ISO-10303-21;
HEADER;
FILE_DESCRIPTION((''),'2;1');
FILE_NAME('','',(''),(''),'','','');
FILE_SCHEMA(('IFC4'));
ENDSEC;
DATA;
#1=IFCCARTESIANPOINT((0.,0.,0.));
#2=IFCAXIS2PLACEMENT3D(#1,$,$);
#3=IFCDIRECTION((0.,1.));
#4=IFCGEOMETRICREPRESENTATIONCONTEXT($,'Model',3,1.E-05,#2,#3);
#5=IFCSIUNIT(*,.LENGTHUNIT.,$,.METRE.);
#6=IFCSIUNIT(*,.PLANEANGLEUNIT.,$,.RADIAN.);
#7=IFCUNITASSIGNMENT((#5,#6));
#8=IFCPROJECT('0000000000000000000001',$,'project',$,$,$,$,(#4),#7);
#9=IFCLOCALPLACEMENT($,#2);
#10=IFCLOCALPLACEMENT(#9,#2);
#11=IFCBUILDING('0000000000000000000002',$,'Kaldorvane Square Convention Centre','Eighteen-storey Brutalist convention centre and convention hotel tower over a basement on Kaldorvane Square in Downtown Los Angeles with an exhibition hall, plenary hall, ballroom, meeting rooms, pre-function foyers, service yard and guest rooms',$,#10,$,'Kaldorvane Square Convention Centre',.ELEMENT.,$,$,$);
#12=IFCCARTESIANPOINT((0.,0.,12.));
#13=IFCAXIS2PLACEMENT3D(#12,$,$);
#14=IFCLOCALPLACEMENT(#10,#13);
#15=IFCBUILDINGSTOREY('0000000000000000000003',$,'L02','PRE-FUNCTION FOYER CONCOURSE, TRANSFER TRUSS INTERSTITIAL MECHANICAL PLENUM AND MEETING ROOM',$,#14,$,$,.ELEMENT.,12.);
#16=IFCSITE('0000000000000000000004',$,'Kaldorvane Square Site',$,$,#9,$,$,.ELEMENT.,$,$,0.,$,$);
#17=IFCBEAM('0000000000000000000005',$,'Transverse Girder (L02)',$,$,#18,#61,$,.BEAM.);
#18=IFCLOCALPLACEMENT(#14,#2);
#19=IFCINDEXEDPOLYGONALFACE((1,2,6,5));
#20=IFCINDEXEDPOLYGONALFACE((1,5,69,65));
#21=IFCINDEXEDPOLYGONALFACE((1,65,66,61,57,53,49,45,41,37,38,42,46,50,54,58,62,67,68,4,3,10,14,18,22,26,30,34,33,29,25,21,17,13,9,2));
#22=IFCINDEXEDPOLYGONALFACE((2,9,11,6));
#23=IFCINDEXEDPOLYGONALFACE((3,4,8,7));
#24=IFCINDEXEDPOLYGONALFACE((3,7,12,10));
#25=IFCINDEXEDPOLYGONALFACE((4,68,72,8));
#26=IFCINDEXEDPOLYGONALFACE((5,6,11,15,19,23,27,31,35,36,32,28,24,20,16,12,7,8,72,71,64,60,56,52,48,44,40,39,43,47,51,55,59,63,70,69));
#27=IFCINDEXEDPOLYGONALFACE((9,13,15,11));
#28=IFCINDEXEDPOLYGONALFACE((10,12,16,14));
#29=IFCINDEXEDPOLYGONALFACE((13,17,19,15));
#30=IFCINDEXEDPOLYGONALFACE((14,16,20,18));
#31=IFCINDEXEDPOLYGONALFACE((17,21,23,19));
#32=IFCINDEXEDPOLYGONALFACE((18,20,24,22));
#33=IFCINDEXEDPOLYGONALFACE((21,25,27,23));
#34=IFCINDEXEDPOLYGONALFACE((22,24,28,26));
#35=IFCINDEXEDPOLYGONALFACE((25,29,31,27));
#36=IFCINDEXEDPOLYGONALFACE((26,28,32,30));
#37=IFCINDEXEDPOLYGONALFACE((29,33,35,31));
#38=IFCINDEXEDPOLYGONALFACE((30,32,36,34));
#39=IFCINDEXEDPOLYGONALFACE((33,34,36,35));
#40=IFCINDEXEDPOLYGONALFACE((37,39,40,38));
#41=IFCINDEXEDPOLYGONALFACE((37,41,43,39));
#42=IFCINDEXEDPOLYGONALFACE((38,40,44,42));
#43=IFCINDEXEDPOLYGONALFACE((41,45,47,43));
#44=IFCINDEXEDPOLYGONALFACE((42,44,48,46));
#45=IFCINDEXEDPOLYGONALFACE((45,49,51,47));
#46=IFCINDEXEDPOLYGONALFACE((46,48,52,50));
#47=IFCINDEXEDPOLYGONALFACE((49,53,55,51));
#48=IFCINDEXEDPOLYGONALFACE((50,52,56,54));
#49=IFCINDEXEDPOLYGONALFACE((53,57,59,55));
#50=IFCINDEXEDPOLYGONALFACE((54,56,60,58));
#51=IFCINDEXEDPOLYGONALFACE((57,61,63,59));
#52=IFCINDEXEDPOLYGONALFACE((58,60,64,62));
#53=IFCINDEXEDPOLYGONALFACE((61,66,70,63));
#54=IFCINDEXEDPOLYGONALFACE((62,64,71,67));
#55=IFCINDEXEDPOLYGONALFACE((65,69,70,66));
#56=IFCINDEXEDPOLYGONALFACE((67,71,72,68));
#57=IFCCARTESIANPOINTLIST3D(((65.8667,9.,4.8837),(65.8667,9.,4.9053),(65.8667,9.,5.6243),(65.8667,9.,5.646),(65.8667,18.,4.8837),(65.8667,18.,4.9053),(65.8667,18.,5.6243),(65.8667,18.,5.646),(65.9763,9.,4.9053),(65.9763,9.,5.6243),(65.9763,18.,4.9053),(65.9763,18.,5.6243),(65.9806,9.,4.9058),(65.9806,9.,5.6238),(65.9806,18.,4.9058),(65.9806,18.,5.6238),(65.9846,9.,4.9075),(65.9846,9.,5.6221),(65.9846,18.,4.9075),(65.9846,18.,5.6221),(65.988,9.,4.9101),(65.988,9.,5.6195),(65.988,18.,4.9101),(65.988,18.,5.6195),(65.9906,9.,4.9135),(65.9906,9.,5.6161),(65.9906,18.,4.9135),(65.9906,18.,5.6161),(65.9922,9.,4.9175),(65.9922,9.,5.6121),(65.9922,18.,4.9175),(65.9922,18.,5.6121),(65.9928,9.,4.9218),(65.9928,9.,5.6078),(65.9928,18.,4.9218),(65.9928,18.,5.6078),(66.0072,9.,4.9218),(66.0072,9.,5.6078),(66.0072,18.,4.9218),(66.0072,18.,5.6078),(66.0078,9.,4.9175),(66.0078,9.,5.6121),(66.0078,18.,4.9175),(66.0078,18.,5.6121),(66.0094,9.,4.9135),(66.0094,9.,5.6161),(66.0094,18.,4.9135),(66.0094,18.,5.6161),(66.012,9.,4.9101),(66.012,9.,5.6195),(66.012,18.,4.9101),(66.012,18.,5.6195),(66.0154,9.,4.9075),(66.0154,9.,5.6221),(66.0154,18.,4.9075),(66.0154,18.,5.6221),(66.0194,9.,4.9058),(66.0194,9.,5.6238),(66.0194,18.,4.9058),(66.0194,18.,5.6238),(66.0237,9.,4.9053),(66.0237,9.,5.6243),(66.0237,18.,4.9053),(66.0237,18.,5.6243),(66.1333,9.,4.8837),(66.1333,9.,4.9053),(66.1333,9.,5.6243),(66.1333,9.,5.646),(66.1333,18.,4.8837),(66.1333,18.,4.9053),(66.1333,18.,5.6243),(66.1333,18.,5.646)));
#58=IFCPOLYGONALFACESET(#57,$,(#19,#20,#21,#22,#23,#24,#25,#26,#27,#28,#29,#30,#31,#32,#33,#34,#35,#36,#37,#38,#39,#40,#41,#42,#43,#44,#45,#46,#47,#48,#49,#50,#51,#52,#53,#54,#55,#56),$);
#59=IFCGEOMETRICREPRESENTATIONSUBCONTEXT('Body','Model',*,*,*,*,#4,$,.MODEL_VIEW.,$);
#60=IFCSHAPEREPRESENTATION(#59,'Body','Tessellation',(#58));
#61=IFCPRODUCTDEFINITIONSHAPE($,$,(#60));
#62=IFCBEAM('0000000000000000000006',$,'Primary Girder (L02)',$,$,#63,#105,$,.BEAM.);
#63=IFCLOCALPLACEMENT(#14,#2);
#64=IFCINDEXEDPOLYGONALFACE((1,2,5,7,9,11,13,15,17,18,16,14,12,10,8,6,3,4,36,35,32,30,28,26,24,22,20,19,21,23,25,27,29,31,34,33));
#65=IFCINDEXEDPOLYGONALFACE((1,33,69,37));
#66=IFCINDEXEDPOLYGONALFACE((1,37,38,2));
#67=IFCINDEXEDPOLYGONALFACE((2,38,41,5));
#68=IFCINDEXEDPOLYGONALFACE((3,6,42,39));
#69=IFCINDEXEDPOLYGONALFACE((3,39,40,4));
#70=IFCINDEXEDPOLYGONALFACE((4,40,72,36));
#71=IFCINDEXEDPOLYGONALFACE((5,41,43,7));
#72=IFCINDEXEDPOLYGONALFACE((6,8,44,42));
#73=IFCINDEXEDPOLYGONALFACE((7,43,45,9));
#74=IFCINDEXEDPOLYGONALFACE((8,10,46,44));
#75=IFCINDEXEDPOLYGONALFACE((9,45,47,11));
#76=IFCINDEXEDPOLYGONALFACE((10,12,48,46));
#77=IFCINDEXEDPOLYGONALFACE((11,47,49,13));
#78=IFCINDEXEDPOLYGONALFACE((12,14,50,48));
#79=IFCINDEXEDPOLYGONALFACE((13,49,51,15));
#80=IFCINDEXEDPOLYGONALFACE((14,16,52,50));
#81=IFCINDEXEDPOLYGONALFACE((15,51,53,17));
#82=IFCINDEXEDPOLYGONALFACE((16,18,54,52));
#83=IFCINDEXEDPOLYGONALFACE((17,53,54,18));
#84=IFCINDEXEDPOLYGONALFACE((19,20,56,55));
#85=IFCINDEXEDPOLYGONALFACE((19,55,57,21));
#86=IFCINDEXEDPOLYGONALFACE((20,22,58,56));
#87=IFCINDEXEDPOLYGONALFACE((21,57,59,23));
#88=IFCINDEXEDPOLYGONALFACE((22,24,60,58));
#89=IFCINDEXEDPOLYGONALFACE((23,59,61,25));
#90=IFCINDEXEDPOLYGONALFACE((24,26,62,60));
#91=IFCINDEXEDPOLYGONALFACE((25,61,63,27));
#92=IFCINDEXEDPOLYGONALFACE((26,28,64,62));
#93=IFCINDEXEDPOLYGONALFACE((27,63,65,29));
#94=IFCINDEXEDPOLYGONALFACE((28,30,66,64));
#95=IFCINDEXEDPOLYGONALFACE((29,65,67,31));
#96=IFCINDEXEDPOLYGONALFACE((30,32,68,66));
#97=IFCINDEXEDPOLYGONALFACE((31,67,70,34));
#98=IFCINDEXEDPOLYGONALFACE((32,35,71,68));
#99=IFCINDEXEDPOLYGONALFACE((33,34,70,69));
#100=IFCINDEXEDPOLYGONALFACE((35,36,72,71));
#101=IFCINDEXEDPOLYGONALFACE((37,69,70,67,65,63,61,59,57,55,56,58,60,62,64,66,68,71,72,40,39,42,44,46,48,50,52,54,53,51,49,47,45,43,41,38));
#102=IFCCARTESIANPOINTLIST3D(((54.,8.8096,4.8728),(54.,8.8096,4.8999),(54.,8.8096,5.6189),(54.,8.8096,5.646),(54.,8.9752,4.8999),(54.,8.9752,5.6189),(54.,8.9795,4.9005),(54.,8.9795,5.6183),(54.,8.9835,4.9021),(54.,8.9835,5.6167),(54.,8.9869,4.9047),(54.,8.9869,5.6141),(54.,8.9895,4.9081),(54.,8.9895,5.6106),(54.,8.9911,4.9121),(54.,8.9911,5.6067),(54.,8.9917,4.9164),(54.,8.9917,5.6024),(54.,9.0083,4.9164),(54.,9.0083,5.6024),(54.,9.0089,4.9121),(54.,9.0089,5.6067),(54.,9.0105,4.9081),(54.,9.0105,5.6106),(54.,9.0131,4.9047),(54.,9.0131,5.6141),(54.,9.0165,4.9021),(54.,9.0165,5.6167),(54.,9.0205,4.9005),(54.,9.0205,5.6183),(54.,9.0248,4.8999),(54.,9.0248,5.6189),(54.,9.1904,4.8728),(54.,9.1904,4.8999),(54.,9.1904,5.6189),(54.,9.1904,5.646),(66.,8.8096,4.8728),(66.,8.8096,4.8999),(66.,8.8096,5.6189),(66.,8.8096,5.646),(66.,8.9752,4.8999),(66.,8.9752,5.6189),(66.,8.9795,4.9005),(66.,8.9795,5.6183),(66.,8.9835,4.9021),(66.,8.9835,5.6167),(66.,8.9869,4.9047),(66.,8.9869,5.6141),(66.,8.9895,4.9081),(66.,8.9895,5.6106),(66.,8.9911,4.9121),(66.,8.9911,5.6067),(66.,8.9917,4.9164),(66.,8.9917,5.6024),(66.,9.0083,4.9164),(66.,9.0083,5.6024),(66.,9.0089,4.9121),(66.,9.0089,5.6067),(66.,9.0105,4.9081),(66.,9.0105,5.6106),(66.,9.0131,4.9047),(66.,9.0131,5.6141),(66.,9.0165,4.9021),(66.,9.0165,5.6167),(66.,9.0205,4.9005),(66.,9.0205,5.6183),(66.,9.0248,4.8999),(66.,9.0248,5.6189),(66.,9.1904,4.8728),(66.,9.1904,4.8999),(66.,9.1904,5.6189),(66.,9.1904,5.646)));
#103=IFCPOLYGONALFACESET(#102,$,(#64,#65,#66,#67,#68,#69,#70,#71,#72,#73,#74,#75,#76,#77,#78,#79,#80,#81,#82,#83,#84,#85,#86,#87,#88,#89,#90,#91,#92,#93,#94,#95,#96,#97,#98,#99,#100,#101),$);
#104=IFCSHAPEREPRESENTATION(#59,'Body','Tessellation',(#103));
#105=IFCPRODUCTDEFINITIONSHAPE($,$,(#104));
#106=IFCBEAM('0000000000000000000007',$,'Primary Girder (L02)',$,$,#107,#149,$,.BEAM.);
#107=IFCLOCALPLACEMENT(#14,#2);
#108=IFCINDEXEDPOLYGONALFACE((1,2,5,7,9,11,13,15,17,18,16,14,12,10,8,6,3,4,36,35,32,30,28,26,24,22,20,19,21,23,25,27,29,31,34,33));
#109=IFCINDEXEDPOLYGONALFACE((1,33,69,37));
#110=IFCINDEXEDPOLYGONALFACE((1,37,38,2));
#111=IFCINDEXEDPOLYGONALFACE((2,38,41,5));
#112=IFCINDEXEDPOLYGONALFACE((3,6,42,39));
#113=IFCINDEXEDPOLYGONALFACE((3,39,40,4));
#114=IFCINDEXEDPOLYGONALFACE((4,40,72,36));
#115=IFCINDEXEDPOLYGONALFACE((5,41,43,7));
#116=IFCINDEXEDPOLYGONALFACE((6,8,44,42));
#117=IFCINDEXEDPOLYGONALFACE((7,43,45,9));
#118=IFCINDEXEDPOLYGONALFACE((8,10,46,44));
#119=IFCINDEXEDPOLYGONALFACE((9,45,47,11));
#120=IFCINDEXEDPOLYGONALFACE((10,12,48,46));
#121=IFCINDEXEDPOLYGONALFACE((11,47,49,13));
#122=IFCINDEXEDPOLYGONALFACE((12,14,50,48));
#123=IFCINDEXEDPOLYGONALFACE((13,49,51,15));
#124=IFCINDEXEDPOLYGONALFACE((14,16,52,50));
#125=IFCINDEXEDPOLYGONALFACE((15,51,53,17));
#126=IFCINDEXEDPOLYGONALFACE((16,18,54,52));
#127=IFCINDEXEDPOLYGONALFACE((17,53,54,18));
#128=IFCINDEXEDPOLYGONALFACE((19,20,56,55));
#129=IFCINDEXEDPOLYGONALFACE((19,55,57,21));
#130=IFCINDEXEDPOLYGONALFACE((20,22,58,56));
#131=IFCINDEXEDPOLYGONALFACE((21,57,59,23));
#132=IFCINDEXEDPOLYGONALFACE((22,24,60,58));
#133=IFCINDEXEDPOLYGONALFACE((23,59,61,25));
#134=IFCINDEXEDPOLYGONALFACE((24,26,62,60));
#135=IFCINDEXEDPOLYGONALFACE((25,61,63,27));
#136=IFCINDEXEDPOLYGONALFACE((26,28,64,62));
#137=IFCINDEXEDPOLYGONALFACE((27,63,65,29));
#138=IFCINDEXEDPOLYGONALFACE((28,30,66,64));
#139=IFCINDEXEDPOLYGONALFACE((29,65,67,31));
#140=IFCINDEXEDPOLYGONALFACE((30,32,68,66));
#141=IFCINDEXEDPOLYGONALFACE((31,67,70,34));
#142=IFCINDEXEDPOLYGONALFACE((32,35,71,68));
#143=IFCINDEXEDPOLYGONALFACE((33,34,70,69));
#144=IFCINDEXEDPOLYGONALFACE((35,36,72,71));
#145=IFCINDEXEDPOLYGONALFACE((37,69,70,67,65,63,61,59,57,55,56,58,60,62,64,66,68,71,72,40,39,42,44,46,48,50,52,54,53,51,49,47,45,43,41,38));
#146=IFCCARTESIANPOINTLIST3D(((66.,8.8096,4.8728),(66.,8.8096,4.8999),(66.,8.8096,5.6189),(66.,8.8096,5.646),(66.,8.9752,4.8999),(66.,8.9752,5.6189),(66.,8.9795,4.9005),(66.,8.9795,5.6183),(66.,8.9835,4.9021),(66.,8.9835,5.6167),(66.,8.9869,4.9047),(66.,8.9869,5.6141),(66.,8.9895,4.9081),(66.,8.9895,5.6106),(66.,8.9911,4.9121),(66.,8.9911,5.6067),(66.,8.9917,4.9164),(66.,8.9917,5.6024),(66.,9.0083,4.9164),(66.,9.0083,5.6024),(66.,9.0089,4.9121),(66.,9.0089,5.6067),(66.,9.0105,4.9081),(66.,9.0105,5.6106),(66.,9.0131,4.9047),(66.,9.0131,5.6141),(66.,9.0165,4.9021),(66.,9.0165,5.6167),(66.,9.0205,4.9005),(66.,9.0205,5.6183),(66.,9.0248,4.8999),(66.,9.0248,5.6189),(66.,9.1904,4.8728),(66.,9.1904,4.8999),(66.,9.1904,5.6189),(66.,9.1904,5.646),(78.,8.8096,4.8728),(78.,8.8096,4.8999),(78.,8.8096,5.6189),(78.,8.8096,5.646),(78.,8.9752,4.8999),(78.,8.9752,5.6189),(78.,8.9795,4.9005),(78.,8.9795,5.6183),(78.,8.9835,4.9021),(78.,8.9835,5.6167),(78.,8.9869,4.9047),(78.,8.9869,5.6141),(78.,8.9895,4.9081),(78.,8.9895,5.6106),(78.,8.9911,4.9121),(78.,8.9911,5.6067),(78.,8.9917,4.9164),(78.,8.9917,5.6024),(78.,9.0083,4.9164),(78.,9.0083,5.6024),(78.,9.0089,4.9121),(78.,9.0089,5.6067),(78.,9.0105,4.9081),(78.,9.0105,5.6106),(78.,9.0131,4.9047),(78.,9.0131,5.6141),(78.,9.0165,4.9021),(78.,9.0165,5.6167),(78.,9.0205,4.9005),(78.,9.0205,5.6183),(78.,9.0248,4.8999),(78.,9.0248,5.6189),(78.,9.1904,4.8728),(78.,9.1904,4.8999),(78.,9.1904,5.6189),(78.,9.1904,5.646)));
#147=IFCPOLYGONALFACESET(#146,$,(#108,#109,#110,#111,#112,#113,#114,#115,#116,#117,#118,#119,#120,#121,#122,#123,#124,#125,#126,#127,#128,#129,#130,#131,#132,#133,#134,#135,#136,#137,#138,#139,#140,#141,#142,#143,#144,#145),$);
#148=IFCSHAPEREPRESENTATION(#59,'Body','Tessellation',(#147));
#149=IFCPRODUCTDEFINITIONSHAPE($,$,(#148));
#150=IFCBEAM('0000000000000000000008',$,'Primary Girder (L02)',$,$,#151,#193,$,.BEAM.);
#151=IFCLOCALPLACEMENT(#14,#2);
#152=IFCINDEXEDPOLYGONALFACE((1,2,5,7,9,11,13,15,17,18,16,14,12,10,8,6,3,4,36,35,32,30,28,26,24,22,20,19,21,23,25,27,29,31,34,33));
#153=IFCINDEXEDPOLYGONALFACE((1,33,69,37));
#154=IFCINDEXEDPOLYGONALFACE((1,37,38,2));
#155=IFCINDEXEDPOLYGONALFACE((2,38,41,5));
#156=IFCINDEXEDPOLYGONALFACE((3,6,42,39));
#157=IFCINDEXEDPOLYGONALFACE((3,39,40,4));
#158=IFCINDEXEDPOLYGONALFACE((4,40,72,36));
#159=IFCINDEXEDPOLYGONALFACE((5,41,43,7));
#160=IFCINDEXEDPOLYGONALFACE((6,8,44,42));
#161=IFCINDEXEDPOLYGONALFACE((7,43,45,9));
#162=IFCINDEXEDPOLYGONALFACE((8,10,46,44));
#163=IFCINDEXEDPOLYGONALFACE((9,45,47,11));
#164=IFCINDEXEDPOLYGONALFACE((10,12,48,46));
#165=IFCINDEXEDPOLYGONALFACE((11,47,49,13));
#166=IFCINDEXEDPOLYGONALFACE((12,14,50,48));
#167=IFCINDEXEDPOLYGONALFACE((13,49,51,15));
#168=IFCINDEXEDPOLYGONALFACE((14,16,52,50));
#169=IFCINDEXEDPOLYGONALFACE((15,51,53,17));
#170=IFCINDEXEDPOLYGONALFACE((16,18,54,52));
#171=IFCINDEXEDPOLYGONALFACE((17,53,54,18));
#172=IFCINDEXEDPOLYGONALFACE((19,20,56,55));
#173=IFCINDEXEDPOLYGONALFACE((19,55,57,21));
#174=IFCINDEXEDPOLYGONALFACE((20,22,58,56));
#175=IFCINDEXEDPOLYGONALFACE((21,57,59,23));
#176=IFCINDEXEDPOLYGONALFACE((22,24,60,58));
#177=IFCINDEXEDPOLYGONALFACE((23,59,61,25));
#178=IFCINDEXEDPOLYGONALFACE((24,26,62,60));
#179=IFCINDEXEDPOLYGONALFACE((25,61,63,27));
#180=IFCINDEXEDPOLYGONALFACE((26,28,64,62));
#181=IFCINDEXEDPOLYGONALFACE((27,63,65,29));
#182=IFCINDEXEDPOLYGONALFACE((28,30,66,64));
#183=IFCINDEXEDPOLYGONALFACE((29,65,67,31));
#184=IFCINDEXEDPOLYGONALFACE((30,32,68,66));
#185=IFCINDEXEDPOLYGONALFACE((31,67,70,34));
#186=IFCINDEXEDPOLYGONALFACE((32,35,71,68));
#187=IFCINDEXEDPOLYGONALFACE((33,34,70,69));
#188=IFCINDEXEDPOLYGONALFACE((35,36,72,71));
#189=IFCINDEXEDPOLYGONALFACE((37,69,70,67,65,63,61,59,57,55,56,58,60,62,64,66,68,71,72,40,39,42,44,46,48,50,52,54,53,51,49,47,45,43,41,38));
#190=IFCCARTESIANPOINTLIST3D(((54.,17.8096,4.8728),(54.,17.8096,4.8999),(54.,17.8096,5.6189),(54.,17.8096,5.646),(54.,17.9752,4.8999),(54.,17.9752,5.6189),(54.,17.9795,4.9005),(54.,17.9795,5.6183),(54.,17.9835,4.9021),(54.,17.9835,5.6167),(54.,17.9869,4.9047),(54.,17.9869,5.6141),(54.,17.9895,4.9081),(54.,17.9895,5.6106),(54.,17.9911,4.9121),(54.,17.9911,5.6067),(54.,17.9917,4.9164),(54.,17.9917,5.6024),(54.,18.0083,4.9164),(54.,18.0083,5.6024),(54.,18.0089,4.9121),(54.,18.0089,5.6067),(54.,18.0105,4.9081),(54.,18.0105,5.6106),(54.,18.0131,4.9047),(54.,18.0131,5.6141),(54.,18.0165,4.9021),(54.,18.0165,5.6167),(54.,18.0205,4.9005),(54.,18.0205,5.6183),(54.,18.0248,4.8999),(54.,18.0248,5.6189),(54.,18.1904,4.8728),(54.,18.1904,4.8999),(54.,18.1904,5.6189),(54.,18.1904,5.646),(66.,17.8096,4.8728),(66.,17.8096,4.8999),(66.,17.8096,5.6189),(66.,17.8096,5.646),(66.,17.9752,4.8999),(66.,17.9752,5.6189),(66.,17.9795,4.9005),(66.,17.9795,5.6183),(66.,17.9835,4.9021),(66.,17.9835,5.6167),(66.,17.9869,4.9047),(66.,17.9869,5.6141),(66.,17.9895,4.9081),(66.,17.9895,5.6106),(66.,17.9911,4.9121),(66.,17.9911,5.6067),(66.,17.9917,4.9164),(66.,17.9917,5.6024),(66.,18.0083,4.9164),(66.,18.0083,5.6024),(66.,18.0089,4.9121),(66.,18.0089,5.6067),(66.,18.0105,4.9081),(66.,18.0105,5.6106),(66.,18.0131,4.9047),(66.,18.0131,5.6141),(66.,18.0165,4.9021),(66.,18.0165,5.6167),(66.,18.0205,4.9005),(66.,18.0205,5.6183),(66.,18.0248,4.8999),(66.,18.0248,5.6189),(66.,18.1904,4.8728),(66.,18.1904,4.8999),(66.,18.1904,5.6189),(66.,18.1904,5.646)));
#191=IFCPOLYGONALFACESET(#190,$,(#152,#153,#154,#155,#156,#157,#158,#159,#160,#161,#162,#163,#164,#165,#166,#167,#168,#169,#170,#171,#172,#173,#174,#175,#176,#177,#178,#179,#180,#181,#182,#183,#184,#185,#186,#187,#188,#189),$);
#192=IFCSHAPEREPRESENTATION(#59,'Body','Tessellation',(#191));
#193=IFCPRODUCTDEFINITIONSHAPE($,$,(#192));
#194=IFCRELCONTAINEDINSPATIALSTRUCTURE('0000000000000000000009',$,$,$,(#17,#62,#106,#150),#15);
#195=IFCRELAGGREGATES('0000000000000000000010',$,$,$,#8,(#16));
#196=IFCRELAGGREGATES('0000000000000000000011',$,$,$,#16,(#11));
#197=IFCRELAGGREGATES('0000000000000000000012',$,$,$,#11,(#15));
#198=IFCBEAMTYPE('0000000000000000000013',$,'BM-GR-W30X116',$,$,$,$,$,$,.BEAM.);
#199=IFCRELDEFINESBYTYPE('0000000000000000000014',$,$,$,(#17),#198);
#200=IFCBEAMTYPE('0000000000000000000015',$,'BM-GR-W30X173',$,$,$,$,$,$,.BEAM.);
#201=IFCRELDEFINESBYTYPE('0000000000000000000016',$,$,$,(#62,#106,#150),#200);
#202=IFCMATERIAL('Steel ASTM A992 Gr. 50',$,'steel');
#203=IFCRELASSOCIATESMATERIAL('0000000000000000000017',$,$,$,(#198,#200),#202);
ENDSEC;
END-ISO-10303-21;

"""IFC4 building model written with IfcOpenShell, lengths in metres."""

from ifc_helpers import new_model, si_unit, direction, frame, origin, origin_2d, place, context, subcontext, project, spatial, i_section, extrude, material, material_profile, profile_set, type_object, element, save


model = new_model("IFC4")

# Units and contexts
model_context = context("Model", 3, precision=1e-05, world=origin(), true_north=direction((0.0, 1.0)))
body_context = subcontext(model_context, "Body", "Model", "MODEL_VIEW")
ifc_project = project(units=[si_unit("LENGTHUNIT", "METRE"), si_unit("PLANEANGLEUNIT", "RADIAN")], contexts=[model_context])

# Site, building, storey
site_placement = place(None, origin())
site = spatial("IfcSite", under=ifc_project, at=site_placement, Name="Kaldorvane Square Site", CompositionType="ELEMENT", RefElevation=0.0)
building_placement = place(site_placement, origin())
building = spatial("IfcBuilding", under=site, at=building_placement, Name="Kaldorvane Square Convention Centre", Description="Eighteen-storey Brutalist convention centre and convention hotel tower over a basement on Kaldorvane Square in Downtown Los Angeles with an exhibition hall, plenary hall, ballroom, meeting rooms, pre-function foyers, service yard and guest rooms", LongName="Kaldorvane Square Convention Centre", CompositionType="ELEMENT")
storey_placement = place(building_placement, frame((0.0, 0.0, 12.0)))
storey = spatial("IfcBuildingStorey", under=building, at=storey_placement, Name="L02", Description="PRE-FUNCTION FOYER CONCOURSE, TRANSFER TRUSS INTERSTITIAL MECHANICAL PLENUM AND MEETING ROOM", CompositionType="ELEMENT", Elevation=12.0)

# Shared definitions
ifc_material_1 = material(Name="Steel ASTM A992 Gr. 50", Category="steel")

# Beams
ifc_material_profile_1 = material_profile(ifc_material_1, i_section(OverallWidth=0.2666, OverallDepth=0.7623, WebThickness=0.0144, FlangeThickness=0.0216, FilletRadius=0.0165, at=origin_2d()), Name="W30X116")
ifc_profile_set_1 = profile_set([ifc_material_profile_1], Name="Steel ASTM A992 Gr. 50")
beam_type_1 = type_object("IfcBeamType", Name="BM-GR-W30X116", PredefinedType="BEAM", material=ifc_profile_set_1)
for number, where, z_axis, x_axis, name in (
    (1, (66.0, 9.0, 5.2648), (0.0, 1.0, 0.0), (-1.0, 0.0, 0.0), "Transverse Girder (L02)"),
):
    element("IfcBeam", number, at=place(storey_placement, frame(where, z_axis=z_axis, x_axis=x_axis)), inside=storey, type_object=beam_type_1, Name=name, PredefinedType="BEAM", context=body_context, shape_type="SweptSolid", body=[
        extrude(i_section(OverallWidth=0.2666, OverallDepth=0.7623, WebThickness=0.0144, FlangeThickness=0.0216, FilletRadius=0.0165, at=origin_2d()), origin(), (0.0, 0.0, 1.0), 9.0),
    ])
ifc_material_profile_2 = material_profile(ifc_material_1, i_section(OverallWidth=0.3807, OverallDepth=0.7732, WebThickness=0.0166, FlangeThickness=0.0271, FilletRadius=0.0165, at=origin_2d()), Name="W30X173")
ifc_profile_set_2 = profile_set([ifc_material_profile_2], Name="Steel ASTM A992 Gr. 50")
beam_type_2 = type_object("IfcBeamType", Name="BM-GR-W30X173", PredefinedType="BEAM", material=ifc_profile_set_2)
for number, where, z_axis, x_axis, name in (
    (2, (54.0, 9.0, 5.2594), (1.0, 0.0, 0.0), (0.0, 1.0, 0.0), "Primary Girder (L02)"),
    (3, (66.0, 9.0, 5.2594), (1.0, 0.0, 0.0), (0.0, 1.0, 0.0), "Primary Girder (L02)"),
    (4, (54.0, 18.0, 5.2594), (1.0, 0.0, 0.0), (0.0, 1.0, 0.0), "Primary Girder (L02)"),
):
    element("IfcBeam", number, at=place(storey_placement, frame(where, z_axis=z_axis, x_axis=x_axis)), inside=storey, type_object=beam_type_2, Name=name, PredefinedType="BEAM", context=body_context, shape_type="SweptSolid", body=[
        extrude(i_section(OverallWidth=0.3807, OverallDepth=0.7732, WebThickness=0.0166, FlangeThickness=0.0271, FilletRadius=0.0165, at=origin_2d()), origin(), (0.0, 0.0, 1.0), 12.0),
    ])

save(model, "model.ifc")
